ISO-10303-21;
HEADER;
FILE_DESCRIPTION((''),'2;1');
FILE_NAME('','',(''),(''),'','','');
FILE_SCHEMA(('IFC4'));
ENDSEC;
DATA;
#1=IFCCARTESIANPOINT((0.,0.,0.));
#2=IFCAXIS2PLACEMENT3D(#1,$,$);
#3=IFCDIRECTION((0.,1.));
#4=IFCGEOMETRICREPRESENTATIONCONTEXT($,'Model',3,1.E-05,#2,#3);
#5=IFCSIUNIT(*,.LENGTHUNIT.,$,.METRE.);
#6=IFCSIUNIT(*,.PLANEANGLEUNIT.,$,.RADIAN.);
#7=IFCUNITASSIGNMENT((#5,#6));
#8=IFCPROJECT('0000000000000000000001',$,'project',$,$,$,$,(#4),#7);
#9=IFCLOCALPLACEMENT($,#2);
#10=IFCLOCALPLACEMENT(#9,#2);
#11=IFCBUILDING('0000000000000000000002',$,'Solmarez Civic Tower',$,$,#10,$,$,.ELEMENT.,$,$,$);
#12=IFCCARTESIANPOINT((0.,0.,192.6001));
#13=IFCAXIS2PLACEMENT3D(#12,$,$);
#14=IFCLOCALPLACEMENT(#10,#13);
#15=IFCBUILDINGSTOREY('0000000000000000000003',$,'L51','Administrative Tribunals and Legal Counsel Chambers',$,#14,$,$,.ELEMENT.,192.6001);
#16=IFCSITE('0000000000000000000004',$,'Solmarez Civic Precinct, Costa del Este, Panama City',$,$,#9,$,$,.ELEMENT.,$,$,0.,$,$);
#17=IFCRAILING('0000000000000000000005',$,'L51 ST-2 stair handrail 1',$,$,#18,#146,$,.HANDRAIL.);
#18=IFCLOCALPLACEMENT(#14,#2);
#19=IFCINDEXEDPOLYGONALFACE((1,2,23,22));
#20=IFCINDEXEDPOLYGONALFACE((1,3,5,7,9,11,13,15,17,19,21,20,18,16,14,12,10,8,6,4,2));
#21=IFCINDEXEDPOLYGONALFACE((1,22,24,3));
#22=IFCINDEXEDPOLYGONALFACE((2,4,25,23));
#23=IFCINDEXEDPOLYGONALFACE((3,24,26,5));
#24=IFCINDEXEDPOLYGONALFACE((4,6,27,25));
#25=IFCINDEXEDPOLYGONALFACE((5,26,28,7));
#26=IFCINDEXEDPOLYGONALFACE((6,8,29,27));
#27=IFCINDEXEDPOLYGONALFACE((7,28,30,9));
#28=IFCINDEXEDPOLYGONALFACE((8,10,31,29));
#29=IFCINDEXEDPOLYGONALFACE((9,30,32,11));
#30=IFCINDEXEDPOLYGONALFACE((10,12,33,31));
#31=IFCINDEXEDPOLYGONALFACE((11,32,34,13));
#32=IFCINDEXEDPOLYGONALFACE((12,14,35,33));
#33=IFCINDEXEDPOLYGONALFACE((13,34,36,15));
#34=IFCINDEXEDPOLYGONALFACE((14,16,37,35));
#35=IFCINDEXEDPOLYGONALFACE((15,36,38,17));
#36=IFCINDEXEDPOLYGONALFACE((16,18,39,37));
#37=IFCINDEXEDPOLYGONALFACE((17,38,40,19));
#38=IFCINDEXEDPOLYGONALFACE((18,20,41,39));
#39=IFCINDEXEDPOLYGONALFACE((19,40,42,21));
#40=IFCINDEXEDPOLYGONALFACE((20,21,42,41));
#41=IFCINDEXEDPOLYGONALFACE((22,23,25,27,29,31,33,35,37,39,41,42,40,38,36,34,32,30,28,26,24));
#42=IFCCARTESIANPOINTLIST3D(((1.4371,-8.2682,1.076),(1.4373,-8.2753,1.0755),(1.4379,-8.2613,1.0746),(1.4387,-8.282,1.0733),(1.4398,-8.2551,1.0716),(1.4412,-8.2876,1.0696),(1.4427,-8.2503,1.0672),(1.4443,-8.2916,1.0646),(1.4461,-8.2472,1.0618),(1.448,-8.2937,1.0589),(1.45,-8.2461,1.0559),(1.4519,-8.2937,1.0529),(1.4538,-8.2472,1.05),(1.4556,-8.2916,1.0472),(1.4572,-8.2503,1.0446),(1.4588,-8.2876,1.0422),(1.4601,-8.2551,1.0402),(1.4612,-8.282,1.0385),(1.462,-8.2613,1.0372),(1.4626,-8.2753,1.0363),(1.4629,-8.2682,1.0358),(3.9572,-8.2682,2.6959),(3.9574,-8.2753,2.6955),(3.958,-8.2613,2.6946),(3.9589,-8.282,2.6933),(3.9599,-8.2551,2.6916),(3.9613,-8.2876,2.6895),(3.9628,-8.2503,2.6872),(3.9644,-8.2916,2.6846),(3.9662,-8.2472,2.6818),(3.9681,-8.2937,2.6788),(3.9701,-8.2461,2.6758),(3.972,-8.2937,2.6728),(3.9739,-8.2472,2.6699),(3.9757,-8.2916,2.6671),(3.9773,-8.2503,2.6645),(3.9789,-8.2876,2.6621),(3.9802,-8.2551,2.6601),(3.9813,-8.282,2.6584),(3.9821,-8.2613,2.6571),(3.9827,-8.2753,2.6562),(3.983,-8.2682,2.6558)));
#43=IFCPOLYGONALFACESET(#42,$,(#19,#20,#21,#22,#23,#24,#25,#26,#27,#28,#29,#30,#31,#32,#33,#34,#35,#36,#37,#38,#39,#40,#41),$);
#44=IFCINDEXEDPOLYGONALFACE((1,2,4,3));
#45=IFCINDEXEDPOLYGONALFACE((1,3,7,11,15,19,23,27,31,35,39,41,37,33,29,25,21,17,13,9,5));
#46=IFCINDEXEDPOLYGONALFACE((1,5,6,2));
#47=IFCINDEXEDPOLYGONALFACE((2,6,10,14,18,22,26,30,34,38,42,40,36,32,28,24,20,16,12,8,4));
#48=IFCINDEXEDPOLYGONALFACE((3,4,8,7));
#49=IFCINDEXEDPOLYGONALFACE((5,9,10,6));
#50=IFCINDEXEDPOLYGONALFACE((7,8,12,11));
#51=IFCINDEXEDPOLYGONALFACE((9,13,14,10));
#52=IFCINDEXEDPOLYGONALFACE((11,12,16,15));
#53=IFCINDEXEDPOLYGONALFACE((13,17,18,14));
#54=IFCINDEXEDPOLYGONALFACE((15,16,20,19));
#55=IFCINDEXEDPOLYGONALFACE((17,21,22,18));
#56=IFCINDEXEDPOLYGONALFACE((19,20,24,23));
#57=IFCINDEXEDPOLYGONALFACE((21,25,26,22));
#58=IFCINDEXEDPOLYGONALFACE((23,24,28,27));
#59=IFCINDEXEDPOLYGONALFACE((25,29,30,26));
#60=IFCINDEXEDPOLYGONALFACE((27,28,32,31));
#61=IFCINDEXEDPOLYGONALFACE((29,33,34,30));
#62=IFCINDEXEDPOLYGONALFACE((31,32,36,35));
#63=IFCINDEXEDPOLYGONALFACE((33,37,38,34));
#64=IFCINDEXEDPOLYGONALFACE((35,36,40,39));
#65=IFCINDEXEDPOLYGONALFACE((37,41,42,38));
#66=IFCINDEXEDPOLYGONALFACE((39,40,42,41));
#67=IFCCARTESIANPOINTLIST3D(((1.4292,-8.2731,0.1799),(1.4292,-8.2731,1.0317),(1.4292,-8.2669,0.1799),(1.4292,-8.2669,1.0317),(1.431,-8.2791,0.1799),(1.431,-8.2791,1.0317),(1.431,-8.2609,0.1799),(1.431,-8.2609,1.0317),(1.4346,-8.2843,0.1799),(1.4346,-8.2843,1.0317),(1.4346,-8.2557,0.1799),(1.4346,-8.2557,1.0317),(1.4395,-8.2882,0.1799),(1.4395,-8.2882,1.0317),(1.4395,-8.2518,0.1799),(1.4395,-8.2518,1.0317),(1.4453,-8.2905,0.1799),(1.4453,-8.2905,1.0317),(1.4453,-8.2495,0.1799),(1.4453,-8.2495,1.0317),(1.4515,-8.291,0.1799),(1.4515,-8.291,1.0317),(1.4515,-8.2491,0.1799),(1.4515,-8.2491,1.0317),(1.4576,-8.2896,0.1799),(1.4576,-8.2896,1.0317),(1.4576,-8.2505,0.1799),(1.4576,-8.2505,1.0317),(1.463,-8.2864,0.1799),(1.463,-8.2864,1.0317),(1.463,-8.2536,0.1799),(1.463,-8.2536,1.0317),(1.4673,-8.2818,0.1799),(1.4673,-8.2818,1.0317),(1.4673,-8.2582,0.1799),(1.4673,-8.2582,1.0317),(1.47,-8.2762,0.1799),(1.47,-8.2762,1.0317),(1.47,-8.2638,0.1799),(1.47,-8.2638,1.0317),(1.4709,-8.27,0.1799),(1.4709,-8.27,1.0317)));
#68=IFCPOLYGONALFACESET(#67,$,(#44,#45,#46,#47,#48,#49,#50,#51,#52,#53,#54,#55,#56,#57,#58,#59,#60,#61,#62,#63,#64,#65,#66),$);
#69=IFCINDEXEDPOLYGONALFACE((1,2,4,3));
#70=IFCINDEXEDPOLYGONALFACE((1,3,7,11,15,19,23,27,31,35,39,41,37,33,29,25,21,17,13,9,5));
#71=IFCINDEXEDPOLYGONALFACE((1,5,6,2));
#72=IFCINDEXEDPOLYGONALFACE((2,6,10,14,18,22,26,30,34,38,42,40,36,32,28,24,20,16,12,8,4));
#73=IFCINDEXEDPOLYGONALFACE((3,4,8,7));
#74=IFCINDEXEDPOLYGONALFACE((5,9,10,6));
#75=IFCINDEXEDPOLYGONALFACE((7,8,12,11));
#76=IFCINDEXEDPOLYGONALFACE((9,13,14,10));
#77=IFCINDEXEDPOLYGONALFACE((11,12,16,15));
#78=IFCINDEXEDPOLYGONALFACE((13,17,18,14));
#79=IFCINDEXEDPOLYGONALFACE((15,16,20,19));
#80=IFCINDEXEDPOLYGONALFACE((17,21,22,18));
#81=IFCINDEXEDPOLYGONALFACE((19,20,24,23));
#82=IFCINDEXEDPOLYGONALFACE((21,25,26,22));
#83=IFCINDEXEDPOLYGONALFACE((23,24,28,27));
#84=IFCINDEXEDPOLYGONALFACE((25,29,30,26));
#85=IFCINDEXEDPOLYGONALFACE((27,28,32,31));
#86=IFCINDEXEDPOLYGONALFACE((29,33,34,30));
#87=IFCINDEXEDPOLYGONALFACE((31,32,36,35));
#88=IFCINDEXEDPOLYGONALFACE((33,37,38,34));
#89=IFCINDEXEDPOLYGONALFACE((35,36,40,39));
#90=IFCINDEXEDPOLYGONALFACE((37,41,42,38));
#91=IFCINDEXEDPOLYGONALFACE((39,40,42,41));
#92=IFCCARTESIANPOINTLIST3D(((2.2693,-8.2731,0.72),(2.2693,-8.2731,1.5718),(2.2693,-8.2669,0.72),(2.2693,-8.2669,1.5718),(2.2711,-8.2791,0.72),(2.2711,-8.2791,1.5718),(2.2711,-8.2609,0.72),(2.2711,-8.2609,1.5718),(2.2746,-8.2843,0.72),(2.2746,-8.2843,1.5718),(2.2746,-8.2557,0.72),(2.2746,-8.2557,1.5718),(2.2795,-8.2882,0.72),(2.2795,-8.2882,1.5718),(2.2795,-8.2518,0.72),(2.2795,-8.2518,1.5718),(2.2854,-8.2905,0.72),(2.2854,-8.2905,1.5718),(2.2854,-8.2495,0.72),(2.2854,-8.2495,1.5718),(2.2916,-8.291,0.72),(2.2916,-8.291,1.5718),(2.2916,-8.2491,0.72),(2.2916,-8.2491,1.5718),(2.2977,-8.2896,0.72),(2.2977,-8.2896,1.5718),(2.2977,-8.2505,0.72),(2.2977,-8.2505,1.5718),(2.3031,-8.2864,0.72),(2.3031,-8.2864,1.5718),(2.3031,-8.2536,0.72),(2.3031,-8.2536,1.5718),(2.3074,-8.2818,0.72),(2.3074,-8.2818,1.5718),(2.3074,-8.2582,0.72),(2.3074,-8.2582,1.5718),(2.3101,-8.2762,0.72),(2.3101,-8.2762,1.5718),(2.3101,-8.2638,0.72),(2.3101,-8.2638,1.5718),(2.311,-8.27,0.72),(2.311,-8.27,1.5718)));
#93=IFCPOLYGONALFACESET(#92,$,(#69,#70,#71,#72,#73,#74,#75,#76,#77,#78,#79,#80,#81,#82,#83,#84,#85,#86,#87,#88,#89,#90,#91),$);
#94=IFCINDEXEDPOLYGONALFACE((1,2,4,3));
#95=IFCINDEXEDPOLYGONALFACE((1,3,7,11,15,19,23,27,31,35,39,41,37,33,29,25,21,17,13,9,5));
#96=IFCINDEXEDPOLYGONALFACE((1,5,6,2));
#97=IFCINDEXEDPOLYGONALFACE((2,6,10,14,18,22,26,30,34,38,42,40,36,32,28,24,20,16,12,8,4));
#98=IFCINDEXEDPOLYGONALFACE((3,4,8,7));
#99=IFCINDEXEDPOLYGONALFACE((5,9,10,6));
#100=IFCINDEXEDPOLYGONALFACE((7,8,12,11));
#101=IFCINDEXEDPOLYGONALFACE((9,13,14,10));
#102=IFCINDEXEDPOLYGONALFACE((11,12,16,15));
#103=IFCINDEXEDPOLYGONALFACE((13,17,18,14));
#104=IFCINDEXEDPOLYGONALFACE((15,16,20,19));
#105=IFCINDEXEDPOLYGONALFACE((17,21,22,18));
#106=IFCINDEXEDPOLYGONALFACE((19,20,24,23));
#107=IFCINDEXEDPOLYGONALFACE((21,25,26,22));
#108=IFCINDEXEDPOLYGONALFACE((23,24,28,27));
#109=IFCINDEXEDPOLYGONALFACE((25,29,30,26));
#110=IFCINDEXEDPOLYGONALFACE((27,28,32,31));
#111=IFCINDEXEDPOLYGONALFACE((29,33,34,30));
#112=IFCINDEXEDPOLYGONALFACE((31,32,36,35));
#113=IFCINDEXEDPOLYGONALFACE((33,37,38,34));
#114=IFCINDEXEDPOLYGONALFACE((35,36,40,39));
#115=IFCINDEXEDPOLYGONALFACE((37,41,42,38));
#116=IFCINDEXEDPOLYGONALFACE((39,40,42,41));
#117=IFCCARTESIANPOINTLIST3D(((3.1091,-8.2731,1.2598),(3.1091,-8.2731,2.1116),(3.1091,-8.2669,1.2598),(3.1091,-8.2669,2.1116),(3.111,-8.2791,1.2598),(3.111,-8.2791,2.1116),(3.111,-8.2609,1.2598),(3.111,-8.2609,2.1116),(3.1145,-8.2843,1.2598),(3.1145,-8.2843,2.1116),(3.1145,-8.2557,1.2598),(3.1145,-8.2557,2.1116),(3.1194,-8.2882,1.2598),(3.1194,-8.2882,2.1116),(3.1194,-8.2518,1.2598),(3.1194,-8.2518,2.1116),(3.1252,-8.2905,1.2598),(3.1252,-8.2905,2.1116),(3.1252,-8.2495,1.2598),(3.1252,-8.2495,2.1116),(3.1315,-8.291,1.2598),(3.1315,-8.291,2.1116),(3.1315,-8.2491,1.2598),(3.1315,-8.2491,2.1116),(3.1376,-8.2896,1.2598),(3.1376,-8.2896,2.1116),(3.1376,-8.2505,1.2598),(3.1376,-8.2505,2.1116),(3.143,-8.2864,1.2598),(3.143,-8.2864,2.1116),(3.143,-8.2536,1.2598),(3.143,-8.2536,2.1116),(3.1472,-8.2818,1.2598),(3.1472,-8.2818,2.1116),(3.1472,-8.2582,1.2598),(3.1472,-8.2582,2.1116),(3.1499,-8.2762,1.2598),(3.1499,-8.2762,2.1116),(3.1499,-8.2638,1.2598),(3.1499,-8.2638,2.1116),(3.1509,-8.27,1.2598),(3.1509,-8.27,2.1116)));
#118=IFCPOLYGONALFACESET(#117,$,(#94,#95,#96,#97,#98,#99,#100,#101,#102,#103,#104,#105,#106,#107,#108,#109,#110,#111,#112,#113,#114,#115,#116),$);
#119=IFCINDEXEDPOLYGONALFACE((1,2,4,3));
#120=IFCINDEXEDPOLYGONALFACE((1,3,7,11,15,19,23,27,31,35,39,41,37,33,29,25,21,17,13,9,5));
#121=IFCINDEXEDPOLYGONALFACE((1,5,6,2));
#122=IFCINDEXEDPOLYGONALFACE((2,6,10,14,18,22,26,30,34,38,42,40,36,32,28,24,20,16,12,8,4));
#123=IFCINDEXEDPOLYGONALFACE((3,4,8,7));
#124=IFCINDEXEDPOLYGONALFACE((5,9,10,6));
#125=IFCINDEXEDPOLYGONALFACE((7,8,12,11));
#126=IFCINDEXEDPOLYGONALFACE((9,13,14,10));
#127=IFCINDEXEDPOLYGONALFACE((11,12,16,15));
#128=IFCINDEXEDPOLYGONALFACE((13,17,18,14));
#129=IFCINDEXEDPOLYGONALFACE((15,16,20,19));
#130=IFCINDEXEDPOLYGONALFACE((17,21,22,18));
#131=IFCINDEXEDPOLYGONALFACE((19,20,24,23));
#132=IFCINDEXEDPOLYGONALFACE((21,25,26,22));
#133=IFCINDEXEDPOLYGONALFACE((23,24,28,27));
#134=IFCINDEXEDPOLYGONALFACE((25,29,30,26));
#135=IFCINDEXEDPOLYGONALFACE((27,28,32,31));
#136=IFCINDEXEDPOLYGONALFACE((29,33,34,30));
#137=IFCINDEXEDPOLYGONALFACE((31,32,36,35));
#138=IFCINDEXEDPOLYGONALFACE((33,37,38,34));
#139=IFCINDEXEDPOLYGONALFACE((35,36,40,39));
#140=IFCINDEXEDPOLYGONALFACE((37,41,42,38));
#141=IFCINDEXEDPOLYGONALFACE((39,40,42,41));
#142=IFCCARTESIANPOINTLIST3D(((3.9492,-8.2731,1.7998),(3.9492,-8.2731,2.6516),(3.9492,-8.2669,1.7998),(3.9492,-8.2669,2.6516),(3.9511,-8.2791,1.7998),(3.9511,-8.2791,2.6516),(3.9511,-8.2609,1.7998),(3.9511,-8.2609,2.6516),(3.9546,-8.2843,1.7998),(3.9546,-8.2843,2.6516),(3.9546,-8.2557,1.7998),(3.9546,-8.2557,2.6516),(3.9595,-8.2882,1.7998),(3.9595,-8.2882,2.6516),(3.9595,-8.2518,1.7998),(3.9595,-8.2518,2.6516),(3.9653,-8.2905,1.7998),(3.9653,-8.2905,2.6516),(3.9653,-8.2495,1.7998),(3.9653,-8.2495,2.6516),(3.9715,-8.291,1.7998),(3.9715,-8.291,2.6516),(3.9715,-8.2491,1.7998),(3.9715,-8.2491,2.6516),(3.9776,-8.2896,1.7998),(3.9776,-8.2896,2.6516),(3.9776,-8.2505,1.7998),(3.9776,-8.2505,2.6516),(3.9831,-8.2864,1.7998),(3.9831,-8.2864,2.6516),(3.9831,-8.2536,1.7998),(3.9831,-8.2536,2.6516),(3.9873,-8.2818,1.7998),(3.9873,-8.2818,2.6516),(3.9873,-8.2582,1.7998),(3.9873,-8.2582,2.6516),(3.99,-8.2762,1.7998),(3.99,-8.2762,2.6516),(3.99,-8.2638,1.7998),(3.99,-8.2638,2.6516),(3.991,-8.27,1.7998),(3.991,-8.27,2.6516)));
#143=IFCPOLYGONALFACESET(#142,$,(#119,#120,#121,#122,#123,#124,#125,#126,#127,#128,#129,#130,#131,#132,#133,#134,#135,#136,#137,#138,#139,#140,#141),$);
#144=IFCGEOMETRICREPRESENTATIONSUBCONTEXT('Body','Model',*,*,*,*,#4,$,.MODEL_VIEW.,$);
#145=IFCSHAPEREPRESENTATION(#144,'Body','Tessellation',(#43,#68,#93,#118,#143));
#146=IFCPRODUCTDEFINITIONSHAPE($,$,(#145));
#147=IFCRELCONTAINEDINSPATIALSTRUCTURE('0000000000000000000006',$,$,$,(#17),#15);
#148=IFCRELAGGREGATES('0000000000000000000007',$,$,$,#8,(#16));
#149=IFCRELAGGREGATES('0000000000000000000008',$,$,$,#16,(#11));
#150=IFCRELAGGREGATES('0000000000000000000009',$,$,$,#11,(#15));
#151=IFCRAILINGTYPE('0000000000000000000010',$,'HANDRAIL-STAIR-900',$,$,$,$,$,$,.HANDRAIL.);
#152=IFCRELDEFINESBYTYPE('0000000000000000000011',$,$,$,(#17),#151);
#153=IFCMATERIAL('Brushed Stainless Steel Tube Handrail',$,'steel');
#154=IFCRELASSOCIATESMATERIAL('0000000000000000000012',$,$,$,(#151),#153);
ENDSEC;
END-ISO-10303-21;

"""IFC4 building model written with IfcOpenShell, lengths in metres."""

from ifc_helpers import new_model, si_unit, direction, frame, origin, origin_2d, place, context, subcontext, project, spatial, circle, extrude, material, type_object, element, save


model = new_model("IFC4")

# Units and contexts
model_context = context("Model", 3, precision=1e-05, world=origin(), true_north=direction((0.0, 1.0)))
body_context = subcontext(model_context, "Body", "Model", "MODEL_VIEW")
ifc_project = project(units=[si_unit("LENGTHUNIT", "METRE"), si_unit("PLANEANGLEUNIT", "RADIAN")], contexts=[model_context])

# Site, building, storey
site_placement = place(None, origin())
site = spatial("IfcSite", under=ifc_project, at=site_placement, Name="Solmarez Civic Precinct, Costa del Este, Panama City", CompositionType="ELEMENT", RefElevation=0.0)
building_placement = place(site_placement, origin())
building = spatial("IfcBuilding", under=site, at=building_placement, Name="Solmarez Civic Tower", CompositionType="ELEMENT")
storey_placement = place(building_placement, frame((0.0, 0.0, 192.6001)))
storey = spatial("IfcBuildingStorey", under=building, at=storey_placement, Name="L51", Description="Administrative Tribunals and Legal Counsel Chambers", CompositionType="ELEMENT", Elevation=192.6001)

# Railing
ifc_material_1 = material(Name="Brushed Stainless Steel Tube Handrail", Category="steel")
railing_type_1 = type_object("IfcRailingType", Name="HANDRAIL-STAIR-900", PredefinedType="HANDRAIL", material=ifc_material_1)
railing_1_placement = place(storey_placement, frame((1.45, -8.27, 0.1799)))
element("IfcRailing", 1, at=railing_1_placement, inside=storey, type_object=railing_type_1, Name="L51 ST-2 stair handrail 1", PredefinedType="HANDRAIL", context=body_context, shape_type="SweptSolid", body=[
    extrude(circle(Radius=0.0239, at=origin_2d()), frame((0.0, 0.0, 0.876), z_axis=(0.8412, 0.0, 0.540725), x_axis=(0.0, 1.0, 0.0)), (0.0, 0.0, 1.0), 2.9958),
    extrude(circle(Radius=0.021, at=origin_2d()), origin(), (0.0, 0.0, 1.0), 0.8518),
    extrude(circle(Radius=0.021, at=origin_2d()), frame((0.8401, 0.0, 0.54)), (0.0, 0.0, 1.0), 0.8518),
    extrude(circle(Radius=0.021, at=origin_2d()), frame((1.6799, 0.0, 1.0798)), (0.0, 0.0, 1.0), 0.8518),
    extrude(circle(Radius=0.021, at=origin_2d()), frame((2.52, 0.0, 1.6199)), (0.0, 0.0, 1.0), 0.8518),
])

save(model, "model.ifc")
